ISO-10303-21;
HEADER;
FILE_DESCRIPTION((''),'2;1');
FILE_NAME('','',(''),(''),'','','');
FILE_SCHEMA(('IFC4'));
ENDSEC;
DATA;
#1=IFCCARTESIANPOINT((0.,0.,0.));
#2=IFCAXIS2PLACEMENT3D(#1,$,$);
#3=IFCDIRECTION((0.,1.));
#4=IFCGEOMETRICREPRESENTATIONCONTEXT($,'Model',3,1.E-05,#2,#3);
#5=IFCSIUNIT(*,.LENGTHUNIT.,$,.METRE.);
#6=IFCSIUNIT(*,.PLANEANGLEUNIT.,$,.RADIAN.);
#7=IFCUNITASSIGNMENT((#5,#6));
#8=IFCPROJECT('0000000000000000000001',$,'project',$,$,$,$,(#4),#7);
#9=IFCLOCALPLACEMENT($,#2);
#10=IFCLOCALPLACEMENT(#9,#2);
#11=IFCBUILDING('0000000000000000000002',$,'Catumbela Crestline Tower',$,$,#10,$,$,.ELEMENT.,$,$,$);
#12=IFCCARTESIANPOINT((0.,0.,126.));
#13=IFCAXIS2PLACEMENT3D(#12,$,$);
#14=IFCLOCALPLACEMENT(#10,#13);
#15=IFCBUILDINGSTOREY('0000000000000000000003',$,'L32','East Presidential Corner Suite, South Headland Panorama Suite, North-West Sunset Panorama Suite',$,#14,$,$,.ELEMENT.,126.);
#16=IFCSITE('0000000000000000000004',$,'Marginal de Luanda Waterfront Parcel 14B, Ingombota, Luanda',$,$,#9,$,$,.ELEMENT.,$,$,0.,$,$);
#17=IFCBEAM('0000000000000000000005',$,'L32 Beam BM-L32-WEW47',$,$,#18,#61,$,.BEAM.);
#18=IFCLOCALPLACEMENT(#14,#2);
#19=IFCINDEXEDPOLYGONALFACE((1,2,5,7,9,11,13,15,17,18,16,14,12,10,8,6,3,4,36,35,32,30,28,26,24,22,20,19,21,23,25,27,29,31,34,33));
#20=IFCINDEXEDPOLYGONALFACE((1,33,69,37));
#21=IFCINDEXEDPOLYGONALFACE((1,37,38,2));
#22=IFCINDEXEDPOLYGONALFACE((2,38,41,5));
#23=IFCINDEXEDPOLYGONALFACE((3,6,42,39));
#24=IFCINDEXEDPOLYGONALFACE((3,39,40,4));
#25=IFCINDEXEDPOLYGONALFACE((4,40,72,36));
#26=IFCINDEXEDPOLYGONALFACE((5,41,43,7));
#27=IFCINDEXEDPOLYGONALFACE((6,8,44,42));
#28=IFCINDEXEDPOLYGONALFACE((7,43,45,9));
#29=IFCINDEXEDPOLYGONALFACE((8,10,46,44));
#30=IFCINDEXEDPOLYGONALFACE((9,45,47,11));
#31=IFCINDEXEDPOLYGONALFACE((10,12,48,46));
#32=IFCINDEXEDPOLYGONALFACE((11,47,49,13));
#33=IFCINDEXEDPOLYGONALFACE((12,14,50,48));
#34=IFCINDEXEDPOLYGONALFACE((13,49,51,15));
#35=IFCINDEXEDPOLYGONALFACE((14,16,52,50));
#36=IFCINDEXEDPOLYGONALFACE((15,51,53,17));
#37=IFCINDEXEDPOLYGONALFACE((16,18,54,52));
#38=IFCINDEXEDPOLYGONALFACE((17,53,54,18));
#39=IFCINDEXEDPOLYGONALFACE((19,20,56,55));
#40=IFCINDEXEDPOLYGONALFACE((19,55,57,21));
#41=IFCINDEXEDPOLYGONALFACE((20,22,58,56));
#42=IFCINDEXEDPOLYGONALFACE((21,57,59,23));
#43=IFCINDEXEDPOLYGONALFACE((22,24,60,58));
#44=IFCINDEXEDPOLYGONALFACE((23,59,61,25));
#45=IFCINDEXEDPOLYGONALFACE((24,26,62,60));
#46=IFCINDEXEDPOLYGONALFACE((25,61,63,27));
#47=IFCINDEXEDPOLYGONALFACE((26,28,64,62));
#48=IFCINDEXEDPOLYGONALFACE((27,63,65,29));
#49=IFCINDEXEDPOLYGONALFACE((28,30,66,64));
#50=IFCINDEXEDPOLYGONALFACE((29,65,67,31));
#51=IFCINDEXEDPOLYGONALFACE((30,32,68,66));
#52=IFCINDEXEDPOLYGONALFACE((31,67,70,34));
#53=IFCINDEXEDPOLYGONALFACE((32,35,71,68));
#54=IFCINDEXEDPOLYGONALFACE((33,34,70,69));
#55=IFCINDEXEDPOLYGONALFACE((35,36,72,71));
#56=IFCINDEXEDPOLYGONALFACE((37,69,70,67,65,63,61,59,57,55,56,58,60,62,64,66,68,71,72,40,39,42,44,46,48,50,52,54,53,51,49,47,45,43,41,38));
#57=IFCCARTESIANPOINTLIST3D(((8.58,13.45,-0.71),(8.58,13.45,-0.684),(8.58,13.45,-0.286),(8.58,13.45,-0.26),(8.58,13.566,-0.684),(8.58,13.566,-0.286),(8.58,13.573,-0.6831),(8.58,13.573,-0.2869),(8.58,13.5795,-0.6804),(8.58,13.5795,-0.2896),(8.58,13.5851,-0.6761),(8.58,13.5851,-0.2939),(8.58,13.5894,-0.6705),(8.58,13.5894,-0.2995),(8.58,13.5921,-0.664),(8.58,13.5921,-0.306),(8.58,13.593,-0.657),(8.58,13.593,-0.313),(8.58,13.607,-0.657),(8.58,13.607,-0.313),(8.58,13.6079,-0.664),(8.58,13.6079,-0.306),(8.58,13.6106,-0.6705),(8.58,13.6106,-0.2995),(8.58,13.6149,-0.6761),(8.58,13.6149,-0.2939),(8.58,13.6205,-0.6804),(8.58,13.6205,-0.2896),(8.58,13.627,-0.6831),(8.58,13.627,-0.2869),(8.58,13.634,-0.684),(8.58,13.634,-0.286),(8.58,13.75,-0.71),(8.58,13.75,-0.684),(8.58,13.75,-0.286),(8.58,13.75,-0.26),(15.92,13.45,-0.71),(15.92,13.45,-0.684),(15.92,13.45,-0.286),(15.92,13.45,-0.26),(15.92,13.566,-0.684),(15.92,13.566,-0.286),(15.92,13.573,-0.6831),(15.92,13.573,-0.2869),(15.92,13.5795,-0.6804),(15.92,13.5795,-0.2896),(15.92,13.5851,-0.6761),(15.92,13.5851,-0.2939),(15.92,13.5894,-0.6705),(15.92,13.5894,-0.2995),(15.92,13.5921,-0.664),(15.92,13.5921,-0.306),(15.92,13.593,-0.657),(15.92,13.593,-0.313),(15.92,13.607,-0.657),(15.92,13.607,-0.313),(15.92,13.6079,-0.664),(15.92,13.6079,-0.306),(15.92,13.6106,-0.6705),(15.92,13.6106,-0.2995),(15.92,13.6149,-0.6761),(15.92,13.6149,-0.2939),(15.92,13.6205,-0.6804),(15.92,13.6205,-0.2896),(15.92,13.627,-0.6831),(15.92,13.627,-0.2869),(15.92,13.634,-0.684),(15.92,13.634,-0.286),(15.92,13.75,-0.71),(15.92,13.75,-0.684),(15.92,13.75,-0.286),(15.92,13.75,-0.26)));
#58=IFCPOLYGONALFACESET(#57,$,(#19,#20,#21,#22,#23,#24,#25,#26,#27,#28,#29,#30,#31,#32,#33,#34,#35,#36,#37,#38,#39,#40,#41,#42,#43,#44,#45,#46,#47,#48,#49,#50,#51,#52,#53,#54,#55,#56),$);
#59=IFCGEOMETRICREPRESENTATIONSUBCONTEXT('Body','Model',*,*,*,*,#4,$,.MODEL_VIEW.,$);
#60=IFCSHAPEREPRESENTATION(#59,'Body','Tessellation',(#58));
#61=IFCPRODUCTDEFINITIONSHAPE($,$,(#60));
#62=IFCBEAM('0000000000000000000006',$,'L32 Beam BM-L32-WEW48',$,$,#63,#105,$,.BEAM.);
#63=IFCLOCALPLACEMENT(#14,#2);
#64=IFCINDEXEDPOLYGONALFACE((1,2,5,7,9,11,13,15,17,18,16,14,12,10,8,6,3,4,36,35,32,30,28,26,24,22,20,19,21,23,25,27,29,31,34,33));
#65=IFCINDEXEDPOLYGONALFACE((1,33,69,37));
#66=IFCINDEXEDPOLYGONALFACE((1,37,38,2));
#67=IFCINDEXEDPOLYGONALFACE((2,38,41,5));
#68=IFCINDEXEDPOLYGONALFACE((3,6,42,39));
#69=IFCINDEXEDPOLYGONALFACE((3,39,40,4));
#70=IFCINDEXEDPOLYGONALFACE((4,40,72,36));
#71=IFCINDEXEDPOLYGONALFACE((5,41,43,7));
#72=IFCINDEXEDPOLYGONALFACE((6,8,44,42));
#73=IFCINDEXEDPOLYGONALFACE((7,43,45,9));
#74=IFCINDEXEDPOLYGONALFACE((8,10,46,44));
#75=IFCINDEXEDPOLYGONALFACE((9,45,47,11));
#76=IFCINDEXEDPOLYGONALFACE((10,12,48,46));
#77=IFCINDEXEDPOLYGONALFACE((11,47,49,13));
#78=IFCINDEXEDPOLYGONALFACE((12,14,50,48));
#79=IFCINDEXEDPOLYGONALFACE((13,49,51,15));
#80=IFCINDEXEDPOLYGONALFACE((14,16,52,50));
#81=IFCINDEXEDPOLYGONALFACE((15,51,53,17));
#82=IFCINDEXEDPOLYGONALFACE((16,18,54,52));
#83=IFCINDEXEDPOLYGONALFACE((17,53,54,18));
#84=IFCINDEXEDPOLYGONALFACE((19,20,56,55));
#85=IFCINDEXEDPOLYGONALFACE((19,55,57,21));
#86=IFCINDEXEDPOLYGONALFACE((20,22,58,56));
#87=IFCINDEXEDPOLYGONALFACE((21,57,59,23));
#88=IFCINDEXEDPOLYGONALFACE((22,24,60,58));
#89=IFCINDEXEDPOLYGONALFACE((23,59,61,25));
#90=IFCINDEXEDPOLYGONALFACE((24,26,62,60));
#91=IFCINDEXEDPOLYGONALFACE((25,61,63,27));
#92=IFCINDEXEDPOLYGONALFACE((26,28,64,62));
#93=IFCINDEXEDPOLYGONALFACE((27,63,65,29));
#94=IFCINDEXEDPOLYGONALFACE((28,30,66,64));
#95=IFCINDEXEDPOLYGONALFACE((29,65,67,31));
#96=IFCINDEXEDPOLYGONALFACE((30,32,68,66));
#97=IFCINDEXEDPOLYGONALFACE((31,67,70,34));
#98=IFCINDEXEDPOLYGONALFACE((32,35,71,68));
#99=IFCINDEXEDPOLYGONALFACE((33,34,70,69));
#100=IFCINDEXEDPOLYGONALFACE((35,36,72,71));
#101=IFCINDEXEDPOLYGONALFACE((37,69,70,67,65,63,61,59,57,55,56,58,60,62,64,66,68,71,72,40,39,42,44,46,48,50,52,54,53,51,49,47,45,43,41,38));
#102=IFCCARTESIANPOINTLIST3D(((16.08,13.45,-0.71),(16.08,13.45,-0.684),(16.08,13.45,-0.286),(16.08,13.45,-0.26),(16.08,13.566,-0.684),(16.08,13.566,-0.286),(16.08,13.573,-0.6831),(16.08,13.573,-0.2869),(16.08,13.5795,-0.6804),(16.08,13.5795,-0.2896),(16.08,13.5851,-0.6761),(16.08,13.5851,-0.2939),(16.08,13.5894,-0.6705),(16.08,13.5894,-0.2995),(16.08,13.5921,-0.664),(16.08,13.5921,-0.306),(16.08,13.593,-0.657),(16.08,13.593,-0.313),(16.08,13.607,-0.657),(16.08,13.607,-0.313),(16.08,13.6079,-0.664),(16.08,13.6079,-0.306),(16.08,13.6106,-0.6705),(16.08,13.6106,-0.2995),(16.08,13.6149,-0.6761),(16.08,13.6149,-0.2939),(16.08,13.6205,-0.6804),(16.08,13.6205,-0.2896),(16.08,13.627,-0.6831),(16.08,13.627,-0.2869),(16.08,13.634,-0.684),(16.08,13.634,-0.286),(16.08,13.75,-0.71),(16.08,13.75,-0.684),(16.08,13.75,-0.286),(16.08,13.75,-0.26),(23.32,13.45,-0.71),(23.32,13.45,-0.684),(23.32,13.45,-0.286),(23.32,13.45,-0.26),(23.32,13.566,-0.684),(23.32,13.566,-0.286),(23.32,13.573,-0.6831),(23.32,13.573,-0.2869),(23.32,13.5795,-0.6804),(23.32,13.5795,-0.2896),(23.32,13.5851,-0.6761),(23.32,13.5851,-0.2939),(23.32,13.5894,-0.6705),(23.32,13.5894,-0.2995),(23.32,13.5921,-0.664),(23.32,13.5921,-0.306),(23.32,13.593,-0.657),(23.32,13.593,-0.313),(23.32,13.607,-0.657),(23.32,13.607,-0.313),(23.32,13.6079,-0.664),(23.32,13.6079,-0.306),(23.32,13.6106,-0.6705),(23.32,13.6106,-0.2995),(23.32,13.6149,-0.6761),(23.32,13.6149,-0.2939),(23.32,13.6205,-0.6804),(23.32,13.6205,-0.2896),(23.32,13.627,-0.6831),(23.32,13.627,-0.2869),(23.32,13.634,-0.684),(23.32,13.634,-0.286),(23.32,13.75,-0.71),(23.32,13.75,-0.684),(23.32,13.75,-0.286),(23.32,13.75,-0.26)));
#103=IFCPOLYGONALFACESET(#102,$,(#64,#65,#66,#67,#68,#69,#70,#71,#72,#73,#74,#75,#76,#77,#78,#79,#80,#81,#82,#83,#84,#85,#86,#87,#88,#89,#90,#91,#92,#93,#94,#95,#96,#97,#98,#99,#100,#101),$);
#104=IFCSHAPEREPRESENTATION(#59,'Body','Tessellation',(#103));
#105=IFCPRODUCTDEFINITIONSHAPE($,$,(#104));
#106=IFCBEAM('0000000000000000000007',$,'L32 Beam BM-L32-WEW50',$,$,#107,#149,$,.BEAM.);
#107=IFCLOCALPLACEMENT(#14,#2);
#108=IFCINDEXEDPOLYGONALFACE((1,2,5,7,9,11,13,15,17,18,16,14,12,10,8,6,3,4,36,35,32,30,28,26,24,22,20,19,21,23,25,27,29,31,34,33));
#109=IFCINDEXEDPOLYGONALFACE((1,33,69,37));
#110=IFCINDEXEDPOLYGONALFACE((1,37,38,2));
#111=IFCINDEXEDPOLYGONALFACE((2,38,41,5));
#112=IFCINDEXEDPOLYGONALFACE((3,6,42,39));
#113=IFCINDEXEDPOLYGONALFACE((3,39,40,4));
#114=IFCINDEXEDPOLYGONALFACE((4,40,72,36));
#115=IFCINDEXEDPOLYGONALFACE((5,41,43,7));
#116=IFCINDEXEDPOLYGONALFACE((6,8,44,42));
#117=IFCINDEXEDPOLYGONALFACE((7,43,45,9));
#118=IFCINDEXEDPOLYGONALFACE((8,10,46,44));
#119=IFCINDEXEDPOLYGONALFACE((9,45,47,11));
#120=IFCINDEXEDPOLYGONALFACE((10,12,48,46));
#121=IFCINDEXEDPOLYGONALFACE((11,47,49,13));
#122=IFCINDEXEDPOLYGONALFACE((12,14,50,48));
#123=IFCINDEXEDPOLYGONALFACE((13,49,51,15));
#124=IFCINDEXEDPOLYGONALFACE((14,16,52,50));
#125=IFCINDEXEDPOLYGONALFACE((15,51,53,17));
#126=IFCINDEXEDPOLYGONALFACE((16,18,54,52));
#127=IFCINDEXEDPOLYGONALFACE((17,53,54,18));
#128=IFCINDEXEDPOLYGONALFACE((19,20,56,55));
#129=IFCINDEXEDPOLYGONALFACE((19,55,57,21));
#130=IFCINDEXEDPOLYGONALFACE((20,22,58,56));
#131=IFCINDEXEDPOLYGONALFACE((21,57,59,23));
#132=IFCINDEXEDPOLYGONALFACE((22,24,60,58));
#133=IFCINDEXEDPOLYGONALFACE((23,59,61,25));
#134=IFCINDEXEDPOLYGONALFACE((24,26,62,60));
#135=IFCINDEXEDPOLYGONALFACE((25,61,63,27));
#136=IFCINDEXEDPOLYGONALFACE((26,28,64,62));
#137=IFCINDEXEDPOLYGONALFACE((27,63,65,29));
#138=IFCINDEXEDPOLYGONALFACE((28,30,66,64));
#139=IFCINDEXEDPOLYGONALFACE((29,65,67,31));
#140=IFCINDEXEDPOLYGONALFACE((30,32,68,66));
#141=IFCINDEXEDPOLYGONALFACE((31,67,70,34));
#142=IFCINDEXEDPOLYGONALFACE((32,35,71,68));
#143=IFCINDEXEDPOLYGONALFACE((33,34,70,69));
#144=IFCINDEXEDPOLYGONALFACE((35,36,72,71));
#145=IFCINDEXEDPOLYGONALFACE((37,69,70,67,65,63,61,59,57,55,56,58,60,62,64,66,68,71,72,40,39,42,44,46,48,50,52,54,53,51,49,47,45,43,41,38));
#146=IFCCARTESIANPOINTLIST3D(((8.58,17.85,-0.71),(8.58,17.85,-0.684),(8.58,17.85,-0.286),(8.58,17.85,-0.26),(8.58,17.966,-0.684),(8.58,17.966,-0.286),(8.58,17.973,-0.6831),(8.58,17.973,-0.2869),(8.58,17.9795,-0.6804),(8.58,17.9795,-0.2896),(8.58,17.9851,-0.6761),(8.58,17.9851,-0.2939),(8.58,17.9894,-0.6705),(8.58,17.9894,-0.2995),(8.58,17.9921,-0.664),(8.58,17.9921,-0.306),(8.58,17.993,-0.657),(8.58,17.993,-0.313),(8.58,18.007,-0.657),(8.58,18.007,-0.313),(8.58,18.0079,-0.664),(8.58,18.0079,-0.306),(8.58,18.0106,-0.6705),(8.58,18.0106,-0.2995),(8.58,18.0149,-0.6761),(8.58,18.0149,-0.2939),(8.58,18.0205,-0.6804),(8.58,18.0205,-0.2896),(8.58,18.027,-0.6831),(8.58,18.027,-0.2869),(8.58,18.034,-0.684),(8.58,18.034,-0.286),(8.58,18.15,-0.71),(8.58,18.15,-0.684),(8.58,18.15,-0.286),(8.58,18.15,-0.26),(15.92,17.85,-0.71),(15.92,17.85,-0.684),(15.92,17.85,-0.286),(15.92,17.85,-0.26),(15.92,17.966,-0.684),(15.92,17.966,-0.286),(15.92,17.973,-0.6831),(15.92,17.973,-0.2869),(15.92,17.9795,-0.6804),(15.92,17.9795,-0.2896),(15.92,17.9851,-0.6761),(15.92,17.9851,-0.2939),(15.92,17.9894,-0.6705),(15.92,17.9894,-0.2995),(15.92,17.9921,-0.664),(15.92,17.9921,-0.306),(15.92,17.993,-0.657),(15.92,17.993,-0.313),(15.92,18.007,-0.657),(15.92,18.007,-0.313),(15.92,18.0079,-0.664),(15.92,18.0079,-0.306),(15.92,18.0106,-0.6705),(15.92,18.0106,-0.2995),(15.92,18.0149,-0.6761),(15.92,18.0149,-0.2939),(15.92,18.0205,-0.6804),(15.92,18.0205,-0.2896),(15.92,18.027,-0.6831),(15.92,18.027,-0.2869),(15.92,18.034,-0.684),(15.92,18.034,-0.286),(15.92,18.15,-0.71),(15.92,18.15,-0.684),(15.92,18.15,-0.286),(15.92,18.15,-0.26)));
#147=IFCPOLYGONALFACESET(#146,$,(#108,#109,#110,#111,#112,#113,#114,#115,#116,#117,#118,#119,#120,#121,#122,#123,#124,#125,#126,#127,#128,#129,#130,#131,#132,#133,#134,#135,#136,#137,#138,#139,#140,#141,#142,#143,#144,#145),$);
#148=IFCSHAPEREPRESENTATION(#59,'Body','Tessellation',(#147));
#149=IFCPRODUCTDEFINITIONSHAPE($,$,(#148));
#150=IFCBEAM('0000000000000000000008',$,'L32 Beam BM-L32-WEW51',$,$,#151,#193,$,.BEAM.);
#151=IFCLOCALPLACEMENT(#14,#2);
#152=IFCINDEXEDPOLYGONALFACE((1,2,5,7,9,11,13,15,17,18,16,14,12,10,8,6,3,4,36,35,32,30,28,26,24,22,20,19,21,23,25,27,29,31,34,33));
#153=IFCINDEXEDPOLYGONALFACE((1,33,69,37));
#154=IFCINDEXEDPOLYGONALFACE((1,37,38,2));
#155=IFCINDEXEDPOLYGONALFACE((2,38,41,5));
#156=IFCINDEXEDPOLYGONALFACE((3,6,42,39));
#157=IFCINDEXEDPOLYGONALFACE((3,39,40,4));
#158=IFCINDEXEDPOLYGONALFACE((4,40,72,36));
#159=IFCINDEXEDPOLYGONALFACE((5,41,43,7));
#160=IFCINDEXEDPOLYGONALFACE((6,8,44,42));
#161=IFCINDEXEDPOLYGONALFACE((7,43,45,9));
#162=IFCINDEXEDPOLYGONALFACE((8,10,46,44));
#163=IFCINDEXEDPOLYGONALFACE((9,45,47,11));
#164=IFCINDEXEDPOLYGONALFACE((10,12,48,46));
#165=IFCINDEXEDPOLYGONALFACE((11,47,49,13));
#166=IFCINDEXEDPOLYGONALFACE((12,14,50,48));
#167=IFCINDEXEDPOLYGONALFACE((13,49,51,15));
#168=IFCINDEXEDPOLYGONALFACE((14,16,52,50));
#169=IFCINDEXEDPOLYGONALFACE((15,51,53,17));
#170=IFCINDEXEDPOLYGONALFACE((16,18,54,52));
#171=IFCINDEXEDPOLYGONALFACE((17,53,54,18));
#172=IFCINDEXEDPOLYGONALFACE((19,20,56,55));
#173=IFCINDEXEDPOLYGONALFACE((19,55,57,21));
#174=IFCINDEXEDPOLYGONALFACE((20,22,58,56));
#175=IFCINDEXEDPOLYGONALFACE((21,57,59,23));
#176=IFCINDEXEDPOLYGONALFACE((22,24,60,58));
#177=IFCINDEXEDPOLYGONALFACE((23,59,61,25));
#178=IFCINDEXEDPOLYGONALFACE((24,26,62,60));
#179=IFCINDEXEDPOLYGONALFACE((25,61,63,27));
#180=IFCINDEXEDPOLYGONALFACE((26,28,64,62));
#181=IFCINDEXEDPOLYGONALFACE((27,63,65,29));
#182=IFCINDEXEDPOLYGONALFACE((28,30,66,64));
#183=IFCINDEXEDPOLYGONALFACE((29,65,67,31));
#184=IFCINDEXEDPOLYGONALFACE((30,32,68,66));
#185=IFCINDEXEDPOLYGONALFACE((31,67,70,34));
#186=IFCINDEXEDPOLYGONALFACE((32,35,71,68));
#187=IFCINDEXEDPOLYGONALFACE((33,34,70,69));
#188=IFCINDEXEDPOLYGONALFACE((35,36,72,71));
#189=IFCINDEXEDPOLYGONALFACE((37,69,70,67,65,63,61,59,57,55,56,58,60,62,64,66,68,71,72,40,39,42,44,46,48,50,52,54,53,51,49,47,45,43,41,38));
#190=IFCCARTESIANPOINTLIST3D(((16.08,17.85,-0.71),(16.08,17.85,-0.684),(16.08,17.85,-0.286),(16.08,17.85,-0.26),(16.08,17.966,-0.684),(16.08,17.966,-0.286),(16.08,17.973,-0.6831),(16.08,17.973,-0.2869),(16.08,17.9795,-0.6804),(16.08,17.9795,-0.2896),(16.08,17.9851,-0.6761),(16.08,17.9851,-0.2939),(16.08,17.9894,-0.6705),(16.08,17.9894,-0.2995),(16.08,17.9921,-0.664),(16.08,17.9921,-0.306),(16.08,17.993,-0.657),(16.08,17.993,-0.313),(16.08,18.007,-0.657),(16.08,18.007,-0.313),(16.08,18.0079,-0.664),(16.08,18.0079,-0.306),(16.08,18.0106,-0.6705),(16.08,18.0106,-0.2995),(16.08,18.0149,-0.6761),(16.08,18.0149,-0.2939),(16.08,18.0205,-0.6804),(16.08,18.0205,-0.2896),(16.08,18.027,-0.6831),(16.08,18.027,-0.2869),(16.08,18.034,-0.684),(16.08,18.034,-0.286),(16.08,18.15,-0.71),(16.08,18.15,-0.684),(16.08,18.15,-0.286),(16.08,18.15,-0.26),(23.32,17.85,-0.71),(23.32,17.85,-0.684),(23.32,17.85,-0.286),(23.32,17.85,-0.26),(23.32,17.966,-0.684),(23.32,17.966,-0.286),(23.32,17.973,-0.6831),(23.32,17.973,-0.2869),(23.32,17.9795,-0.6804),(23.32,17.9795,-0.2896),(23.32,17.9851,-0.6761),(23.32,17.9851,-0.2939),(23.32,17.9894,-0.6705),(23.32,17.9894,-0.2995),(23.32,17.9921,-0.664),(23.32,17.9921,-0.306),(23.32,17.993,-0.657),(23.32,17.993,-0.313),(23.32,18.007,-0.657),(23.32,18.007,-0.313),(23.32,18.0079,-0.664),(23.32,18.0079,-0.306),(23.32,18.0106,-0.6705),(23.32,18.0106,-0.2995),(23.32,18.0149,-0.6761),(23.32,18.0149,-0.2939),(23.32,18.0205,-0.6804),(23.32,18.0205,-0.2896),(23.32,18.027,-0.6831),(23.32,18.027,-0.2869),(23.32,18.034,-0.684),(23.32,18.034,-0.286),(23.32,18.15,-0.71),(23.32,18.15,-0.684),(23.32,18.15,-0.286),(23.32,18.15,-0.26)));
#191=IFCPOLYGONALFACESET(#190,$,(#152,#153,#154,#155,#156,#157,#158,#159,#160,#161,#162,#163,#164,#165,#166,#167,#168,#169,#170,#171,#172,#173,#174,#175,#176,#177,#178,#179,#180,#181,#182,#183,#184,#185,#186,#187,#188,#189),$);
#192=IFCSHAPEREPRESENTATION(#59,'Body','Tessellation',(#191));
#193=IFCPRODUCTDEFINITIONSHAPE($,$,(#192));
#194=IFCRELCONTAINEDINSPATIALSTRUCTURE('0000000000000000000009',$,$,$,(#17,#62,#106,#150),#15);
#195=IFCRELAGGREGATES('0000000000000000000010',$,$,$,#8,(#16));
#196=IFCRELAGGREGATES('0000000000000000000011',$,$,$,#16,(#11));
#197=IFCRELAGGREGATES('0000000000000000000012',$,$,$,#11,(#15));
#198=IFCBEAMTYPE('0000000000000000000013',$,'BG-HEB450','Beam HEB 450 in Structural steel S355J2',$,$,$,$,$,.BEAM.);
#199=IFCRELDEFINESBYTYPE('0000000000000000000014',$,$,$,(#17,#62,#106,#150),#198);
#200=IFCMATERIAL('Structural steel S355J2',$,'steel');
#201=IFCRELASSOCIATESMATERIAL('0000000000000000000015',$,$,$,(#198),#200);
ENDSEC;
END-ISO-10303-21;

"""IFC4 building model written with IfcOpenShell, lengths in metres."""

from ifc_helpers import new_model, si_unit, direction, frame, origin, origin_2d, place, context, subcontext, project, spatial, i_section, extrude, material, material_profile, profile_set, type_object, element, save


model = new_model("IFC4")

# Units and contexts
model_context = context("Model", 3, precision=1e-05, world=origin(), true_north=direction((0.0, 1.0)))
body_context = subcontext(model_context, "Body", "Model", "MODEL_VIEW")
ifc_project = project(units=[si_unit("LENGTHUNIT", "METRE"), si_unit("PLANEANGLEUNIT", "RADIAN")], contexts=[model_context])

# Site, building, storey
site_placement = place(None, origin())
site = spatial("IfcSite", under=ifc_project, at=site_placement, Name="Marginal de Luanda Waterfront Parcel 14B, Ingombota, Luanda", CompositionType="ELEMENT", RefElevation=0.0)
building_placement = place(site_placement, origin())
building = spatial("IfcBuilding", under=site, at=building_placement, Name="Catumbela Crestline Tower", CompositionType="ELEMENT")
storey_placement = place(building_placement, frame((0.0, 0.0, 126.0)))
storey = spatial("IfcBuildingStorey", under=building, at=storey_placement, Name="L32", Description="East Presidential Corner Suite, South Headland Panorama Suite, North-West Sunset Panorama Suite", CompositionType="ELEMENT", Elevation=126.0)

# Beams
ifc_material_1 = material(Name="Structural steel S355J2", Category="steel")
ifc_material_profile_1 = material_profile(ifc_material_1, i_section(OverallWidth=0.3, OverallDepth=0.45, WebThickness=0.014, FlangeThickness=0.026, FilletRadius=0.027, at=origin_2d()), Name="HEB 450")
ifc_profile_set_1 = profile_set([ifc_material_profile_1], Name="Structural steel S355J2")
beam_type_1 = type_object("IfcBeamType", Name="BG-HEB450", Description="Beam HEB 450 in Structural steel S355J2", PredefinedType="BEAM", material=ifc_profile_set_1)
beam_1_placement = place(storey_placement, frame((8.58, 13.6, -0.485), z_axis=(1.0, 0.0, 0.0), x_axis=(0.0, 1.0, 0.0)))
element("IfcBeam", 1, at=beam_1_placement, inside=storey, type_object=beam_type_1, Name="L32 Beam BM-L32-WEW47", PredefinedType="BEAM", context=body_context, shape_type="SweptSolid", body=[
    extrude(i_section(OverallWidth=0.3, OverallDepth=0.45, WebThickness=0.014, FlangeThickness=0.026, FilletRadius=0.027, at=origin_2d()), origin(), (0.0, 0.0, 1.0), 7.34),
])
beam_2_placement = place(storey_placement, frame((16.08, 13.6, -0.485), z_axis=(1.0, 0.0, 0.0), x_axis=(0.0, 1.0, 0.0)))
element("IfcBeam", 2, at=beam_2_placement, inside=storey, type_object=beam_type_1, Name="L32 Beam BM-L32-WEW48", PredefinedType="BEAM", context=body_context, shape_type="SweptSolid", body=[
    extrude(i_section(OverallWidth=0.3, OverallDepth=0.45, WebThickness=0.014, FlangeThickness=0.026, FilletRadius=0.027, at=origin_2d()), origin(), (0.0, 0.0, 1.0), 7.24),
])
beam_3_placement = place(storey_placement, frame((8.58, 18.0, -0.485), z_axis=(1.0, 0.0, 0.0), x_axis=(0.0, 1.0, 0.0)))
element("IfcBeam", 3, at=beam_3_placement, inside=storey, type_object=beam_type_1, Name="L32 Beam BM-L32-WEW50", PredefinedType="BEAM", context=body_context, shape_type="SweptSolid", body=[
    extrude(i_section(OverallWidth=0.3, OverallDepth=0.45, WebThickness=0.014, FlangeThickness=0.026, FilletRadius=0.027, at=origin_2d()), origin(), (0.0, 0.0, 1.0), 7.34),
])
beam_4_placement = place(storey_placement, frame((16.08, 18.0, -0.485), z_axis=(1.0, 0.0, 0.0), x_axis=(0.0, 1.0, 0.0)))
element("IfcBeam", 4, at=beam_4_placement, inside=storey, type_object=beam_type_1, Name="L32 Beam BM-L32-WEW51", PredefinedType="BEAM", context=body_context, shape_type="SweptSolid", body=[
    extrude(i_section(OverallWidth=0.3, OverallDepth=0.45, WebThickness=0.014, FlangeThickness=0.026, FilletRadius=0.027, at=origin_2d()), origin(), (0.0, 0.0, 1.0), 7.24),
])

save(model, "model.ifc")
